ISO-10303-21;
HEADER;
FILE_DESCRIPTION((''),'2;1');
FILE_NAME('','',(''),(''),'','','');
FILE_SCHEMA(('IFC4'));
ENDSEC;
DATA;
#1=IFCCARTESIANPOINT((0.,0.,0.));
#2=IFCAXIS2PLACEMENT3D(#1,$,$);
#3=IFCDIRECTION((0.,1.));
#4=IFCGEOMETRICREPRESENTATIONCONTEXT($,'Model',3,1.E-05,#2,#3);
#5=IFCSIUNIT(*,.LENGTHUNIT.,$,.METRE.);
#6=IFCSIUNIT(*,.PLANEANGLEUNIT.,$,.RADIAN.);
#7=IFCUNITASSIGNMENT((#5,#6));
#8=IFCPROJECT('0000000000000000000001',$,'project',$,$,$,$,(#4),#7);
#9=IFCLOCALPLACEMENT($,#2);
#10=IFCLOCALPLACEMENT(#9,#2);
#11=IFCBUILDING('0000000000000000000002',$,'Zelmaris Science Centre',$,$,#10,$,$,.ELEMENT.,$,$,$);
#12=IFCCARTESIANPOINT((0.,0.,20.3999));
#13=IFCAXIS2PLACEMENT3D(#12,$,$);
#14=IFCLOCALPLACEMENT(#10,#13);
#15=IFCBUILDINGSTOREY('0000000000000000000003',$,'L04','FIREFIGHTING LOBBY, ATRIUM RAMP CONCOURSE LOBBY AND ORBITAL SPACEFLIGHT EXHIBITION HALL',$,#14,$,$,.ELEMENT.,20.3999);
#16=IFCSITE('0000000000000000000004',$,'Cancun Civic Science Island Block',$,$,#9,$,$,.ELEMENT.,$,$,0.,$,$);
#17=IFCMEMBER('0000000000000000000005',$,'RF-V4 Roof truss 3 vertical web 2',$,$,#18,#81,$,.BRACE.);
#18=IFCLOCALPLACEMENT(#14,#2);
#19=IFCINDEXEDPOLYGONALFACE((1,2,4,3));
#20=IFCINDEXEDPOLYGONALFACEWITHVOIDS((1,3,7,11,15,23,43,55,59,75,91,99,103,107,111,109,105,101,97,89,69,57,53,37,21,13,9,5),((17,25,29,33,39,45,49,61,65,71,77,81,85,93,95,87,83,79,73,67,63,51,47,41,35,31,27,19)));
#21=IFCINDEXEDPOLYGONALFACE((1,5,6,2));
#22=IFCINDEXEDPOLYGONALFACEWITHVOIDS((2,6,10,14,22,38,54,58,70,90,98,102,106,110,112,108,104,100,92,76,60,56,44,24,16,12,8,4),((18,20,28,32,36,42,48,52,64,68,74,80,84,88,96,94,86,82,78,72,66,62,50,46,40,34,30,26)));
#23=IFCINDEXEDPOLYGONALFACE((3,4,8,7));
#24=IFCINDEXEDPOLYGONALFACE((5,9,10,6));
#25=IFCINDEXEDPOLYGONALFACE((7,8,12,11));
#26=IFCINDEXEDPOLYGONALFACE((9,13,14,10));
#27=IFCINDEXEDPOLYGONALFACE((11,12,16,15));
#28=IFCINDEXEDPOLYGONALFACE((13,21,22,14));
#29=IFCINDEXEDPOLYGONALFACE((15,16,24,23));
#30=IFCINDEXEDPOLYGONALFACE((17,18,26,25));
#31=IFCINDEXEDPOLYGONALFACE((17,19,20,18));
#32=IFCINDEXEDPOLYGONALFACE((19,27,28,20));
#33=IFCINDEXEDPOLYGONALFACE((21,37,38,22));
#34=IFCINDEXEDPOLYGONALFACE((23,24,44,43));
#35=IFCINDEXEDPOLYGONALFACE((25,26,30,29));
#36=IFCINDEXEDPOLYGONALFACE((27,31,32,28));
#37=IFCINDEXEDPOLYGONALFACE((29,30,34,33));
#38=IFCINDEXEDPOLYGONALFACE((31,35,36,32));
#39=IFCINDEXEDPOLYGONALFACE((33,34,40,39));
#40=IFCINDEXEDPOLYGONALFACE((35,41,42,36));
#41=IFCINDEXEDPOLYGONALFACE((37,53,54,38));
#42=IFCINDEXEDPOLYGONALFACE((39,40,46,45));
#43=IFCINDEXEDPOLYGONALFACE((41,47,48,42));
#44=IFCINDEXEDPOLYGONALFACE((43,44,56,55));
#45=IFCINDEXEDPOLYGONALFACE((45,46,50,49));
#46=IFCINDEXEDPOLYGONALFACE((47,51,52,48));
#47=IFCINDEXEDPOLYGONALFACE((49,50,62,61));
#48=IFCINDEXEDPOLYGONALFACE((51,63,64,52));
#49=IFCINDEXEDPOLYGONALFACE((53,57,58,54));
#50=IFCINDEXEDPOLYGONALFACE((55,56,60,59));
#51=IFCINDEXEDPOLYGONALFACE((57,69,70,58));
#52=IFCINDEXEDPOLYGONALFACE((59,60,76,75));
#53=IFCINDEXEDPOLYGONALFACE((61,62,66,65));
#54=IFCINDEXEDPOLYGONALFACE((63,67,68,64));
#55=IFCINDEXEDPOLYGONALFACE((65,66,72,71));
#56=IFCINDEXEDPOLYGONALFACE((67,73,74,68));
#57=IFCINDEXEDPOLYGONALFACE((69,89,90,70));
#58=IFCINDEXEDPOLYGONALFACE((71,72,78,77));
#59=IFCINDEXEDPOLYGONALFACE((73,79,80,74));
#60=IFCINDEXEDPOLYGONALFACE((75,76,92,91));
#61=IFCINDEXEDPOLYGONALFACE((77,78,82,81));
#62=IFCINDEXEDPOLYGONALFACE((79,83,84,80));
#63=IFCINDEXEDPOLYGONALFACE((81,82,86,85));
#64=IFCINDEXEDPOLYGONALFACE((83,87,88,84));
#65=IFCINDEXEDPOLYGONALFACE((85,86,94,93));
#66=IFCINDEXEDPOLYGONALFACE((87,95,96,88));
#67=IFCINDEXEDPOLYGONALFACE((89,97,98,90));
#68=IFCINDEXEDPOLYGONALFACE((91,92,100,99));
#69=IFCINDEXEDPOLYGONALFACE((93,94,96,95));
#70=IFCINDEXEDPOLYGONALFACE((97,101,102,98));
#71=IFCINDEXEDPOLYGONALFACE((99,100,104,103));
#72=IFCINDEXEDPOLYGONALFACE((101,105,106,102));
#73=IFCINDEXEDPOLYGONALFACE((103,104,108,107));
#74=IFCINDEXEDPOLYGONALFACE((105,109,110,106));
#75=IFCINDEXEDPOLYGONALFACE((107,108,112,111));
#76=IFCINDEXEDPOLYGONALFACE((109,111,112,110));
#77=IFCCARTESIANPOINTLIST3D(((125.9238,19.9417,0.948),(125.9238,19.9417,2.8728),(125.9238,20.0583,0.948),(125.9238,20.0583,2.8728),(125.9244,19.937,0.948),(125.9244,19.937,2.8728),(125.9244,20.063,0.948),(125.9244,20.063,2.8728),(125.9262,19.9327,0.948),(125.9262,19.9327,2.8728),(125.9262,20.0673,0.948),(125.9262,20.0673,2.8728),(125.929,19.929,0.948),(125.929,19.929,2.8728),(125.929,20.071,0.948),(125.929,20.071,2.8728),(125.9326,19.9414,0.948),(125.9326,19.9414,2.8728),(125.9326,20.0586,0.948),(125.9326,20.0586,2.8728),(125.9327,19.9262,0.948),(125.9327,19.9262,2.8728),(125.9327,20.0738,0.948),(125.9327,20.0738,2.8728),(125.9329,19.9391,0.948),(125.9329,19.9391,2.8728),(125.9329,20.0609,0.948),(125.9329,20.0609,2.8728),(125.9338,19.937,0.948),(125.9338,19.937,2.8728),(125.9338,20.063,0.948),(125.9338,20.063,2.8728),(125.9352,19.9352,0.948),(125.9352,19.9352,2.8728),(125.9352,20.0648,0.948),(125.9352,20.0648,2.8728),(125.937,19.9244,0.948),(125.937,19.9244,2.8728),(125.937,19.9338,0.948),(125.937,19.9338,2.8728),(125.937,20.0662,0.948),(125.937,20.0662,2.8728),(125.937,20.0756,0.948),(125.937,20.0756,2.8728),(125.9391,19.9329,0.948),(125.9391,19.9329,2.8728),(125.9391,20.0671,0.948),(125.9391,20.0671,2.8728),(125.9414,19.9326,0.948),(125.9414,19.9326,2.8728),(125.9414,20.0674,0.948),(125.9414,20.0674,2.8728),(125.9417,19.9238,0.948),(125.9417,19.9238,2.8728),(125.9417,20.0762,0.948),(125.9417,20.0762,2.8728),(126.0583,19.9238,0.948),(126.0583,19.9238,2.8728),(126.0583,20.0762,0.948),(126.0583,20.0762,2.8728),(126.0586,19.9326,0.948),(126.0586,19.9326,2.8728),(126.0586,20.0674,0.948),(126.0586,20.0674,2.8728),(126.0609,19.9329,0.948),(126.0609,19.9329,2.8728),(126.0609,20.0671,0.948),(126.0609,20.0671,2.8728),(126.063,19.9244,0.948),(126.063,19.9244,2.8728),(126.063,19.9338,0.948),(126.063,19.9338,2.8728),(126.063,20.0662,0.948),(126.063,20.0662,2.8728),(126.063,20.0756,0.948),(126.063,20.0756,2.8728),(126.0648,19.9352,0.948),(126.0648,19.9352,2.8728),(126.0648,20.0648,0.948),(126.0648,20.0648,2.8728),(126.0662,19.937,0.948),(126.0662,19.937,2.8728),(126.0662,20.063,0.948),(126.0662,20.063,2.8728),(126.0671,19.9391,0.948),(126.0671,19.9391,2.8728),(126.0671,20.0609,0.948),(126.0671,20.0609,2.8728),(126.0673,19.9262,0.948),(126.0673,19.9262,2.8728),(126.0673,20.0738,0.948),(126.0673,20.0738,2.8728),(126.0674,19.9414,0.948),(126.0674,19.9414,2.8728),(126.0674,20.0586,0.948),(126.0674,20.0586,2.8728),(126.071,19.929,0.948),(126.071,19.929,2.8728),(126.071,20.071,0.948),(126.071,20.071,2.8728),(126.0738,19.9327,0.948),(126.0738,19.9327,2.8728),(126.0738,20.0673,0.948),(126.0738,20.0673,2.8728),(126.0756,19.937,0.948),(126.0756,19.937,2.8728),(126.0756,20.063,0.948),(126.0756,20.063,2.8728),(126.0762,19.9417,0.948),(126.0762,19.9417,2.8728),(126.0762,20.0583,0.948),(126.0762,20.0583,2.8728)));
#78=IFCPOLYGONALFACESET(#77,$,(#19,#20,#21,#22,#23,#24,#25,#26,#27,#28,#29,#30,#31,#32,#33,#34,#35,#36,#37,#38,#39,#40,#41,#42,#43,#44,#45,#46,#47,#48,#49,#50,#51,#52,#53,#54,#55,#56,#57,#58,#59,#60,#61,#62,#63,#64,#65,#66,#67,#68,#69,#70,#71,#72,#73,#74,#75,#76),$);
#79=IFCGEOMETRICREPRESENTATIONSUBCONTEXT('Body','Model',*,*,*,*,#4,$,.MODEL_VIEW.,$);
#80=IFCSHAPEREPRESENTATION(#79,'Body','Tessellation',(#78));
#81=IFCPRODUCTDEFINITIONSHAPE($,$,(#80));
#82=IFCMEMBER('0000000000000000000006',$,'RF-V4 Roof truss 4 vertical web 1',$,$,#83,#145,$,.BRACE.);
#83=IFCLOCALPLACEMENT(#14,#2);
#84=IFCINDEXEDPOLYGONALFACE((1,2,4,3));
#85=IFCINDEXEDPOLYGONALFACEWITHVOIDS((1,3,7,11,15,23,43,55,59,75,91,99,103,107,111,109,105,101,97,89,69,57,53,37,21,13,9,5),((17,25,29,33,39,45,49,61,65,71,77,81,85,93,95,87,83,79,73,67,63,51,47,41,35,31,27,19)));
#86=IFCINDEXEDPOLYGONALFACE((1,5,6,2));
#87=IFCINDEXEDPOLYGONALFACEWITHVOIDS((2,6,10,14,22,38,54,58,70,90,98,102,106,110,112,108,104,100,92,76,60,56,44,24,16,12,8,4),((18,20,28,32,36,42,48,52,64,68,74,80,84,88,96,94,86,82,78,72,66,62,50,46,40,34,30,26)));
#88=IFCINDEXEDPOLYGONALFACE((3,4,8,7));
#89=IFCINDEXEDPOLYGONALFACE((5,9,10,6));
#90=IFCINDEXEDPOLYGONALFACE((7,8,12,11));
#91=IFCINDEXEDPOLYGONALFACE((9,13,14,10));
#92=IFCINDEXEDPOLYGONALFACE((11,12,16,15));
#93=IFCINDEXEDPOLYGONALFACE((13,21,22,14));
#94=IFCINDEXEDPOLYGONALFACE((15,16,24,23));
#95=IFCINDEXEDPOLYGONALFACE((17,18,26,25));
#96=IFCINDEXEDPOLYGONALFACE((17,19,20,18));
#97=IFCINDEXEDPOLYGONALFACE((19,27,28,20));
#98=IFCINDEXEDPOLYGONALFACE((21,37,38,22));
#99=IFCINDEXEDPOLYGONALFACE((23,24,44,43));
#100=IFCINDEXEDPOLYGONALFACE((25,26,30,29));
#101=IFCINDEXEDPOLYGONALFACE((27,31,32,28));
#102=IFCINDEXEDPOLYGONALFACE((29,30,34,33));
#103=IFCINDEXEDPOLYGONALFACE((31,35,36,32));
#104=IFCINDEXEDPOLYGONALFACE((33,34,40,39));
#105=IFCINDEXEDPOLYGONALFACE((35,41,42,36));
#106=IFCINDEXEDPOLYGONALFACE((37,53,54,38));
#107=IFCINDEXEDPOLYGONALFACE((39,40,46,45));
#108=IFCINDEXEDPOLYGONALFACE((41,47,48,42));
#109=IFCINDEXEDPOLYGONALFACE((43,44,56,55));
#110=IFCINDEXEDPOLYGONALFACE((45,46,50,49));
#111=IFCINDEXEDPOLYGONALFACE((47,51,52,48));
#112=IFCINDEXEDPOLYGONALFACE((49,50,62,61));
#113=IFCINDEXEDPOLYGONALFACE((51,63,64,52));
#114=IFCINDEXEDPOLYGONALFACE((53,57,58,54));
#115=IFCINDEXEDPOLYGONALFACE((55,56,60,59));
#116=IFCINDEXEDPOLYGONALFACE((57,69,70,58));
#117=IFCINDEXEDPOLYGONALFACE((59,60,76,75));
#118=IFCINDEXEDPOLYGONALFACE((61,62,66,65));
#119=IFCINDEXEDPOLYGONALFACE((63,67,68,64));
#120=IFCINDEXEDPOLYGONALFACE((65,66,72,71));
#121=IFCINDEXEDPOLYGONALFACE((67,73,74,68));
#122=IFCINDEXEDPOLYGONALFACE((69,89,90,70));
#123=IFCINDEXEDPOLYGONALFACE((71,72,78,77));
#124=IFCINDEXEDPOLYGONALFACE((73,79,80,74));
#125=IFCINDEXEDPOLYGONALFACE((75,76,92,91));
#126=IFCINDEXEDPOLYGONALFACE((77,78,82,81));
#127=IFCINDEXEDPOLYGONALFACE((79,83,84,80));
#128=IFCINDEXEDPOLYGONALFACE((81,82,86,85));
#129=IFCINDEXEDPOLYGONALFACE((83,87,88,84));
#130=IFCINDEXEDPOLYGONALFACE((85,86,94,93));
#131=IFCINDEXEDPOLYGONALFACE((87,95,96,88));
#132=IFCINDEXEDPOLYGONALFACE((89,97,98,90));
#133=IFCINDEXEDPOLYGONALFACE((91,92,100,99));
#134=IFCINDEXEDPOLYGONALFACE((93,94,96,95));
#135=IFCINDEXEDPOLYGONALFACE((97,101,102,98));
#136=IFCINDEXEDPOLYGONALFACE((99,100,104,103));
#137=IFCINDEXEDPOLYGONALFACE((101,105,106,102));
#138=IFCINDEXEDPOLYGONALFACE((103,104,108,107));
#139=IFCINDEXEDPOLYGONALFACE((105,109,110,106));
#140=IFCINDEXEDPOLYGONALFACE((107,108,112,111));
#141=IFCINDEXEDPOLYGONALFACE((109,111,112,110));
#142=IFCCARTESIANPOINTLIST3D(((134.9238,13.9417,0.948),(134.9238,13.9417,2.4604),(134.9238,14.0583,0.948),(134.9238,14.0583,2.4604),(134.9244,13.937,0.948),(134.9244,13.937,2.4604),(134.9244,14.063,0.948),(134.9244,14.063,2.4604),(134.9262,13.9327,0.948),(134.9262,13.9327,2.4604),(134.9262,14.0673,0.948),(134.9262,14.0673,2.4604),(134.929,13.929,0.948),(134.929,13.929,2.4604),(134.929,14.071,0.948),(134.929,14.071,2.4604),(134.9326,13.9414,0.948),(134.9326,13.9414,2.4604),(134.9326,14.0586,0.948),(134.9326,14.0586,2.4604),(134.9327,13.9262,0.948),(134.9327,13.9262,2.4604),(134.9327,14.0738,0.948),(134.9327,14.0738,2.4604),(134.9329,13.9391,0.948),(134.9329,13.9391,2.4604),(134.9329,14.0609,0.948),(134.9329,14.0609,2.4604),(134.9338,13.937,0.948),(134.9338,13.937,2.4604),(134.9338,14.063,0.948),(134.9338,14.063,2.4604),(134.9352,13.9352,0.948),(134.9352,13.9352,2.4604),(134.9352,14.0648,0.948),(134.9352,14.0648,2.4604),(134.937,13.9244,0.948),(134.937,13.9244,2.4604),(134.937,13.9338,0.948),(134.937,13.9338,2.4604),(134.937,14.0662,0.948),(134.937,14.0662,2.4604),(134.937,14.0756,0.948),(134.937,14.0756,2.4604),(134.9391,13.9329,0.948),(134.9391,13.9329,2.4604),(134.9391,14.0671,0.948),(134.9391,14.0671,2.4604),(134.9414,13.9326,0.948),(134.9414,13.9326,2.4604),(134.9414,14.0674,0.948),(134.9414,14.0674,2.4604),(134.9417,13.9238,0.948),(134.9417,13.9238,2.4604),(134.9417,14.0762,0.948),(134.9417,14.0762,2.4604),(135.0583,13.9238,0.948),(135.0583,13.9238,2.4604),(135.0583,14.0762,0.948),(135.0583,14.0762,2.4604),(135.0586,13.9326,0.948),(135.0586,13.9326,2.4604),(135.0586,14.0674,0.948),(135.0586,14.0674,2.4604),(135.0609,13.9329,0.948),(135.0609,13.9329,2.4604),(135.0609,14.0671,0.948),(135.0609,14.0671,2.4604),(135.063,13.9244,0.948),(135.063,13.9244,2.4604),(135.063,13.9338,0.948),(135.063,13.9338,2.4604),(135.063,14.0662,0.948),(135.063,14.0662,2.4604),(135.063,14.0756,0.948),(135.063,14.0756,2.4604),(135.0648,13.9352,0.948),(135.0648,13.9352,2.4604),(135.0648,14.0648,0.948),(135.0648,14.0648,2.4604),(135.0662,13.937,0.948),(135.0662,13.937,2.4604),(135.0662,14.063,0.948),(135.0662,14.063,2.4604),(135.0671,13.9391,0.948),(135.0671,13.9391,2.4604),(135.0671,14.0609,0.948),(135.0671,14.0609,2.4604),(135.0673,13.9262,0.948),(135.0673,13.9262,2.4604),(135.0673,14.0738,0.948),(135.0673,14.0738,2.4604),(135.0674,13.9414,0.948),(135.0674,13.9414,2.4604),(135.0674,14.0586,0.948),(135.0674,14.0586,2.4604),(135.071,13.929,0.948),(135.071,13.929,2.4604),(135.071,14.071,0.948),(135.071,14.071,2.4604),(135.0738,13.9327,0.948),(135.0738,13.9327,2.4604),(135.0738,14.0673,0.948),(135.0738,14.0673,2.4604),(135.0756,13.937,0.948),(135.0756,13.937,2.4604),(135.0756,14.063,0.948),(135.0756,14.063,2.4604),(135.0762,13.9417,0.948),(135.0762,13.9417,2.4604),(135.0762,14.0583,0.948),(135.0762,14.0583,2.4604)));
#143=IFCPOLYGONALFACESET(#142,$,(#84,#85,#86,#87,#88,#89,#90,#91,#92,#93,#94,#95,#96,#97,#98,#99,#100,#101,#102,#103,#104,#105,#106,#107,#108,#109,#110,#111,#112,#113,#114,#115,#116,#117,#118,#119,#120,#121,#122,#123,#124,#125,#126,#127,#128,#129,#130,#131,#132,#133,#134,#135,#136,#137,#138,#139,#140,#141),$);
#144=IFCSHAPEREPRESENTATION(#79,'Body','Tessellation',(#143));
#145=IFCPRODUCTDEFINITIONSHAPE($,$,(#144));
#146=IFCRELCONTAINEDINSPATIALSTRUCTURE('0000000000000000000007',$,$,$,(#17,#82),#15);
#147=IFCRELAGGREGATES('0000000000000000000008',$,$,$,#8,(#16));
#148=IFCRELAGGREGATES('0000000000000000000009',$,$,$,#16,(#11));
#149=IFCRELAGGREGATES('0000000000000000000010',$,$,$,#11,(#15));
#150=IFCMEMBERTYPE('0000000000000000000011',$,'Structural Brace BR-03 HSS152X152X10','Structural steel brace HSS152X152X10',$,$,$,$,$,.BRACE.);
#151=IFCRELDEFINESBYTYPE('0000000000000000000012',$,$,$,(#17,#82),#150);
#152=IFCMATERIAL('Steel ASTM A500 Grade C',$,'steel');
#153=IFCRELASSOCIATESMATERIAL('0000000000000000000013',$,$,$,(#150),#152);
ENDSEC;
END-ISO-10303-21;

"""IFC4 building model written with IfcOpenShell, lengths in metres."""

from ifc_helpers import new_model, si_unit, direction, frame, origin, origin_2d, place, context, subcontext, project, spatial, hollow_rectangle, extrude, material, material_profile, profile_set, type_object, element, save


model = new_model("IFC4")

# Units and contexts
model_context = context("Model", 3, precision=1e-05, world=origin(), true_north=direction((0.0, 1.0)))
body_context = subcontext(model_context, "Body", "Model", "MODEL_VIEW")
ifc_project = project(units=[si_unit("LENGTHUNIT", "METRE"), si_unit("PLANEANGLEUNIT", "RADIAN")], contexts=[model_context])

# Site, building, storey
site_placement = place(None, origin())
site = spatial("IfcSite", under=ifc_project, at=site_placement, Name="Cancun Civic Science Island Block", CompositionType="ELEMENT", RefElevation=0.0)
building_placement = place(site_placement, origin())
building = spatial("IfcBuilding", under=site, at=building_placement, Name="Zelmaris Science Centre", CompositionType="ELEMENT")
storey_placement = place(building_placement, frame((0.0, 0.0, 20.3999)))
storey = spatial("IfcBuildingStorey", under=building, at=storey_placement, Name="L04", Description="FIREFIGHTING LOBBY, ATRIUM RAMP CONCOURSE LOBBY AND ORBITAL SPACEFLIGHT EXHIBITION HALL", CompositionType="ELEMENT", Elevation=20.3999)

# Shared definitions
ifc_material = material(Name="Steel ASTM A500 Grade C", Category="steel")

# Members
ifc_material_profile_1 = material_profile(ifc_material, hollow_rectangle(XDim=0.1523, YDim=0.1523, WallThickness=0.0088, InnerFilletRadius=0.0088, OuterFilletRadius=0.0178, at=origin_2d()), Name="HSS152X152X10")
ifc_profile_set_1 = profile_set([ifc_material_profile_1], Name="Steel ASTM A500 Grade C")
member_type_1 = type_object("IfcMemberType", Name="Structural Brace BR-03 HSS152X152X10", Description="Structural steel brace HSS152X152X10", PredefinedType="BRACE", material=ifc_profile_set_1)
member_1_placement = place(storey_placement, frame((126.0, 20.0, 0.948), z_axis=(0.0, 0.0, 1.0), x_axis=(1.0, 0.0, 0.0)))
element("IfcMember", 1, at=member_1_placement, inside=storey, type_object=member_type_1, Name="RF-V4 Roof truss 3 vertical web 2", PredefinedType="BRACE", context=body_context, shape_type="SweptSolid", body=[
    extrude(hollow_rectangle(XDim=0.1523, YDim=0.1523, WallThickness=0.0088, InnerFilletRadius=0.0088, OuterFilletRadius=0.0178, at=origin_2d()), origin(), (0.0, 0.0, 1.0), 1.9248),
])
member_2_placement = place(storey_placement, frame((135.0, 14.0, 0.948), z_axis=(0.0, 0.0, 1.0), x_axis=(1.0, 0.0, 0.0)))
element("IfcMember", 2, at=member_2_placement, inside=storey, type_object=member_type_1, Name="RF-V4 Roof truss 4 vertical web 1", PredefinedType="BRACE", context=body_context, shape_type="SweptSolid", body=[
    extrude(hollow_rectangle(XDim=0.1523, YDim=0.1523, WallThickness=0.0088, InnerFilletRadius=0.0088, OuterFilletRadius=0.0178, at=origin_2d()), origin(), (0.0, 0.0, 1.0), 1.5125),
])

save(model, "model.ifc")
